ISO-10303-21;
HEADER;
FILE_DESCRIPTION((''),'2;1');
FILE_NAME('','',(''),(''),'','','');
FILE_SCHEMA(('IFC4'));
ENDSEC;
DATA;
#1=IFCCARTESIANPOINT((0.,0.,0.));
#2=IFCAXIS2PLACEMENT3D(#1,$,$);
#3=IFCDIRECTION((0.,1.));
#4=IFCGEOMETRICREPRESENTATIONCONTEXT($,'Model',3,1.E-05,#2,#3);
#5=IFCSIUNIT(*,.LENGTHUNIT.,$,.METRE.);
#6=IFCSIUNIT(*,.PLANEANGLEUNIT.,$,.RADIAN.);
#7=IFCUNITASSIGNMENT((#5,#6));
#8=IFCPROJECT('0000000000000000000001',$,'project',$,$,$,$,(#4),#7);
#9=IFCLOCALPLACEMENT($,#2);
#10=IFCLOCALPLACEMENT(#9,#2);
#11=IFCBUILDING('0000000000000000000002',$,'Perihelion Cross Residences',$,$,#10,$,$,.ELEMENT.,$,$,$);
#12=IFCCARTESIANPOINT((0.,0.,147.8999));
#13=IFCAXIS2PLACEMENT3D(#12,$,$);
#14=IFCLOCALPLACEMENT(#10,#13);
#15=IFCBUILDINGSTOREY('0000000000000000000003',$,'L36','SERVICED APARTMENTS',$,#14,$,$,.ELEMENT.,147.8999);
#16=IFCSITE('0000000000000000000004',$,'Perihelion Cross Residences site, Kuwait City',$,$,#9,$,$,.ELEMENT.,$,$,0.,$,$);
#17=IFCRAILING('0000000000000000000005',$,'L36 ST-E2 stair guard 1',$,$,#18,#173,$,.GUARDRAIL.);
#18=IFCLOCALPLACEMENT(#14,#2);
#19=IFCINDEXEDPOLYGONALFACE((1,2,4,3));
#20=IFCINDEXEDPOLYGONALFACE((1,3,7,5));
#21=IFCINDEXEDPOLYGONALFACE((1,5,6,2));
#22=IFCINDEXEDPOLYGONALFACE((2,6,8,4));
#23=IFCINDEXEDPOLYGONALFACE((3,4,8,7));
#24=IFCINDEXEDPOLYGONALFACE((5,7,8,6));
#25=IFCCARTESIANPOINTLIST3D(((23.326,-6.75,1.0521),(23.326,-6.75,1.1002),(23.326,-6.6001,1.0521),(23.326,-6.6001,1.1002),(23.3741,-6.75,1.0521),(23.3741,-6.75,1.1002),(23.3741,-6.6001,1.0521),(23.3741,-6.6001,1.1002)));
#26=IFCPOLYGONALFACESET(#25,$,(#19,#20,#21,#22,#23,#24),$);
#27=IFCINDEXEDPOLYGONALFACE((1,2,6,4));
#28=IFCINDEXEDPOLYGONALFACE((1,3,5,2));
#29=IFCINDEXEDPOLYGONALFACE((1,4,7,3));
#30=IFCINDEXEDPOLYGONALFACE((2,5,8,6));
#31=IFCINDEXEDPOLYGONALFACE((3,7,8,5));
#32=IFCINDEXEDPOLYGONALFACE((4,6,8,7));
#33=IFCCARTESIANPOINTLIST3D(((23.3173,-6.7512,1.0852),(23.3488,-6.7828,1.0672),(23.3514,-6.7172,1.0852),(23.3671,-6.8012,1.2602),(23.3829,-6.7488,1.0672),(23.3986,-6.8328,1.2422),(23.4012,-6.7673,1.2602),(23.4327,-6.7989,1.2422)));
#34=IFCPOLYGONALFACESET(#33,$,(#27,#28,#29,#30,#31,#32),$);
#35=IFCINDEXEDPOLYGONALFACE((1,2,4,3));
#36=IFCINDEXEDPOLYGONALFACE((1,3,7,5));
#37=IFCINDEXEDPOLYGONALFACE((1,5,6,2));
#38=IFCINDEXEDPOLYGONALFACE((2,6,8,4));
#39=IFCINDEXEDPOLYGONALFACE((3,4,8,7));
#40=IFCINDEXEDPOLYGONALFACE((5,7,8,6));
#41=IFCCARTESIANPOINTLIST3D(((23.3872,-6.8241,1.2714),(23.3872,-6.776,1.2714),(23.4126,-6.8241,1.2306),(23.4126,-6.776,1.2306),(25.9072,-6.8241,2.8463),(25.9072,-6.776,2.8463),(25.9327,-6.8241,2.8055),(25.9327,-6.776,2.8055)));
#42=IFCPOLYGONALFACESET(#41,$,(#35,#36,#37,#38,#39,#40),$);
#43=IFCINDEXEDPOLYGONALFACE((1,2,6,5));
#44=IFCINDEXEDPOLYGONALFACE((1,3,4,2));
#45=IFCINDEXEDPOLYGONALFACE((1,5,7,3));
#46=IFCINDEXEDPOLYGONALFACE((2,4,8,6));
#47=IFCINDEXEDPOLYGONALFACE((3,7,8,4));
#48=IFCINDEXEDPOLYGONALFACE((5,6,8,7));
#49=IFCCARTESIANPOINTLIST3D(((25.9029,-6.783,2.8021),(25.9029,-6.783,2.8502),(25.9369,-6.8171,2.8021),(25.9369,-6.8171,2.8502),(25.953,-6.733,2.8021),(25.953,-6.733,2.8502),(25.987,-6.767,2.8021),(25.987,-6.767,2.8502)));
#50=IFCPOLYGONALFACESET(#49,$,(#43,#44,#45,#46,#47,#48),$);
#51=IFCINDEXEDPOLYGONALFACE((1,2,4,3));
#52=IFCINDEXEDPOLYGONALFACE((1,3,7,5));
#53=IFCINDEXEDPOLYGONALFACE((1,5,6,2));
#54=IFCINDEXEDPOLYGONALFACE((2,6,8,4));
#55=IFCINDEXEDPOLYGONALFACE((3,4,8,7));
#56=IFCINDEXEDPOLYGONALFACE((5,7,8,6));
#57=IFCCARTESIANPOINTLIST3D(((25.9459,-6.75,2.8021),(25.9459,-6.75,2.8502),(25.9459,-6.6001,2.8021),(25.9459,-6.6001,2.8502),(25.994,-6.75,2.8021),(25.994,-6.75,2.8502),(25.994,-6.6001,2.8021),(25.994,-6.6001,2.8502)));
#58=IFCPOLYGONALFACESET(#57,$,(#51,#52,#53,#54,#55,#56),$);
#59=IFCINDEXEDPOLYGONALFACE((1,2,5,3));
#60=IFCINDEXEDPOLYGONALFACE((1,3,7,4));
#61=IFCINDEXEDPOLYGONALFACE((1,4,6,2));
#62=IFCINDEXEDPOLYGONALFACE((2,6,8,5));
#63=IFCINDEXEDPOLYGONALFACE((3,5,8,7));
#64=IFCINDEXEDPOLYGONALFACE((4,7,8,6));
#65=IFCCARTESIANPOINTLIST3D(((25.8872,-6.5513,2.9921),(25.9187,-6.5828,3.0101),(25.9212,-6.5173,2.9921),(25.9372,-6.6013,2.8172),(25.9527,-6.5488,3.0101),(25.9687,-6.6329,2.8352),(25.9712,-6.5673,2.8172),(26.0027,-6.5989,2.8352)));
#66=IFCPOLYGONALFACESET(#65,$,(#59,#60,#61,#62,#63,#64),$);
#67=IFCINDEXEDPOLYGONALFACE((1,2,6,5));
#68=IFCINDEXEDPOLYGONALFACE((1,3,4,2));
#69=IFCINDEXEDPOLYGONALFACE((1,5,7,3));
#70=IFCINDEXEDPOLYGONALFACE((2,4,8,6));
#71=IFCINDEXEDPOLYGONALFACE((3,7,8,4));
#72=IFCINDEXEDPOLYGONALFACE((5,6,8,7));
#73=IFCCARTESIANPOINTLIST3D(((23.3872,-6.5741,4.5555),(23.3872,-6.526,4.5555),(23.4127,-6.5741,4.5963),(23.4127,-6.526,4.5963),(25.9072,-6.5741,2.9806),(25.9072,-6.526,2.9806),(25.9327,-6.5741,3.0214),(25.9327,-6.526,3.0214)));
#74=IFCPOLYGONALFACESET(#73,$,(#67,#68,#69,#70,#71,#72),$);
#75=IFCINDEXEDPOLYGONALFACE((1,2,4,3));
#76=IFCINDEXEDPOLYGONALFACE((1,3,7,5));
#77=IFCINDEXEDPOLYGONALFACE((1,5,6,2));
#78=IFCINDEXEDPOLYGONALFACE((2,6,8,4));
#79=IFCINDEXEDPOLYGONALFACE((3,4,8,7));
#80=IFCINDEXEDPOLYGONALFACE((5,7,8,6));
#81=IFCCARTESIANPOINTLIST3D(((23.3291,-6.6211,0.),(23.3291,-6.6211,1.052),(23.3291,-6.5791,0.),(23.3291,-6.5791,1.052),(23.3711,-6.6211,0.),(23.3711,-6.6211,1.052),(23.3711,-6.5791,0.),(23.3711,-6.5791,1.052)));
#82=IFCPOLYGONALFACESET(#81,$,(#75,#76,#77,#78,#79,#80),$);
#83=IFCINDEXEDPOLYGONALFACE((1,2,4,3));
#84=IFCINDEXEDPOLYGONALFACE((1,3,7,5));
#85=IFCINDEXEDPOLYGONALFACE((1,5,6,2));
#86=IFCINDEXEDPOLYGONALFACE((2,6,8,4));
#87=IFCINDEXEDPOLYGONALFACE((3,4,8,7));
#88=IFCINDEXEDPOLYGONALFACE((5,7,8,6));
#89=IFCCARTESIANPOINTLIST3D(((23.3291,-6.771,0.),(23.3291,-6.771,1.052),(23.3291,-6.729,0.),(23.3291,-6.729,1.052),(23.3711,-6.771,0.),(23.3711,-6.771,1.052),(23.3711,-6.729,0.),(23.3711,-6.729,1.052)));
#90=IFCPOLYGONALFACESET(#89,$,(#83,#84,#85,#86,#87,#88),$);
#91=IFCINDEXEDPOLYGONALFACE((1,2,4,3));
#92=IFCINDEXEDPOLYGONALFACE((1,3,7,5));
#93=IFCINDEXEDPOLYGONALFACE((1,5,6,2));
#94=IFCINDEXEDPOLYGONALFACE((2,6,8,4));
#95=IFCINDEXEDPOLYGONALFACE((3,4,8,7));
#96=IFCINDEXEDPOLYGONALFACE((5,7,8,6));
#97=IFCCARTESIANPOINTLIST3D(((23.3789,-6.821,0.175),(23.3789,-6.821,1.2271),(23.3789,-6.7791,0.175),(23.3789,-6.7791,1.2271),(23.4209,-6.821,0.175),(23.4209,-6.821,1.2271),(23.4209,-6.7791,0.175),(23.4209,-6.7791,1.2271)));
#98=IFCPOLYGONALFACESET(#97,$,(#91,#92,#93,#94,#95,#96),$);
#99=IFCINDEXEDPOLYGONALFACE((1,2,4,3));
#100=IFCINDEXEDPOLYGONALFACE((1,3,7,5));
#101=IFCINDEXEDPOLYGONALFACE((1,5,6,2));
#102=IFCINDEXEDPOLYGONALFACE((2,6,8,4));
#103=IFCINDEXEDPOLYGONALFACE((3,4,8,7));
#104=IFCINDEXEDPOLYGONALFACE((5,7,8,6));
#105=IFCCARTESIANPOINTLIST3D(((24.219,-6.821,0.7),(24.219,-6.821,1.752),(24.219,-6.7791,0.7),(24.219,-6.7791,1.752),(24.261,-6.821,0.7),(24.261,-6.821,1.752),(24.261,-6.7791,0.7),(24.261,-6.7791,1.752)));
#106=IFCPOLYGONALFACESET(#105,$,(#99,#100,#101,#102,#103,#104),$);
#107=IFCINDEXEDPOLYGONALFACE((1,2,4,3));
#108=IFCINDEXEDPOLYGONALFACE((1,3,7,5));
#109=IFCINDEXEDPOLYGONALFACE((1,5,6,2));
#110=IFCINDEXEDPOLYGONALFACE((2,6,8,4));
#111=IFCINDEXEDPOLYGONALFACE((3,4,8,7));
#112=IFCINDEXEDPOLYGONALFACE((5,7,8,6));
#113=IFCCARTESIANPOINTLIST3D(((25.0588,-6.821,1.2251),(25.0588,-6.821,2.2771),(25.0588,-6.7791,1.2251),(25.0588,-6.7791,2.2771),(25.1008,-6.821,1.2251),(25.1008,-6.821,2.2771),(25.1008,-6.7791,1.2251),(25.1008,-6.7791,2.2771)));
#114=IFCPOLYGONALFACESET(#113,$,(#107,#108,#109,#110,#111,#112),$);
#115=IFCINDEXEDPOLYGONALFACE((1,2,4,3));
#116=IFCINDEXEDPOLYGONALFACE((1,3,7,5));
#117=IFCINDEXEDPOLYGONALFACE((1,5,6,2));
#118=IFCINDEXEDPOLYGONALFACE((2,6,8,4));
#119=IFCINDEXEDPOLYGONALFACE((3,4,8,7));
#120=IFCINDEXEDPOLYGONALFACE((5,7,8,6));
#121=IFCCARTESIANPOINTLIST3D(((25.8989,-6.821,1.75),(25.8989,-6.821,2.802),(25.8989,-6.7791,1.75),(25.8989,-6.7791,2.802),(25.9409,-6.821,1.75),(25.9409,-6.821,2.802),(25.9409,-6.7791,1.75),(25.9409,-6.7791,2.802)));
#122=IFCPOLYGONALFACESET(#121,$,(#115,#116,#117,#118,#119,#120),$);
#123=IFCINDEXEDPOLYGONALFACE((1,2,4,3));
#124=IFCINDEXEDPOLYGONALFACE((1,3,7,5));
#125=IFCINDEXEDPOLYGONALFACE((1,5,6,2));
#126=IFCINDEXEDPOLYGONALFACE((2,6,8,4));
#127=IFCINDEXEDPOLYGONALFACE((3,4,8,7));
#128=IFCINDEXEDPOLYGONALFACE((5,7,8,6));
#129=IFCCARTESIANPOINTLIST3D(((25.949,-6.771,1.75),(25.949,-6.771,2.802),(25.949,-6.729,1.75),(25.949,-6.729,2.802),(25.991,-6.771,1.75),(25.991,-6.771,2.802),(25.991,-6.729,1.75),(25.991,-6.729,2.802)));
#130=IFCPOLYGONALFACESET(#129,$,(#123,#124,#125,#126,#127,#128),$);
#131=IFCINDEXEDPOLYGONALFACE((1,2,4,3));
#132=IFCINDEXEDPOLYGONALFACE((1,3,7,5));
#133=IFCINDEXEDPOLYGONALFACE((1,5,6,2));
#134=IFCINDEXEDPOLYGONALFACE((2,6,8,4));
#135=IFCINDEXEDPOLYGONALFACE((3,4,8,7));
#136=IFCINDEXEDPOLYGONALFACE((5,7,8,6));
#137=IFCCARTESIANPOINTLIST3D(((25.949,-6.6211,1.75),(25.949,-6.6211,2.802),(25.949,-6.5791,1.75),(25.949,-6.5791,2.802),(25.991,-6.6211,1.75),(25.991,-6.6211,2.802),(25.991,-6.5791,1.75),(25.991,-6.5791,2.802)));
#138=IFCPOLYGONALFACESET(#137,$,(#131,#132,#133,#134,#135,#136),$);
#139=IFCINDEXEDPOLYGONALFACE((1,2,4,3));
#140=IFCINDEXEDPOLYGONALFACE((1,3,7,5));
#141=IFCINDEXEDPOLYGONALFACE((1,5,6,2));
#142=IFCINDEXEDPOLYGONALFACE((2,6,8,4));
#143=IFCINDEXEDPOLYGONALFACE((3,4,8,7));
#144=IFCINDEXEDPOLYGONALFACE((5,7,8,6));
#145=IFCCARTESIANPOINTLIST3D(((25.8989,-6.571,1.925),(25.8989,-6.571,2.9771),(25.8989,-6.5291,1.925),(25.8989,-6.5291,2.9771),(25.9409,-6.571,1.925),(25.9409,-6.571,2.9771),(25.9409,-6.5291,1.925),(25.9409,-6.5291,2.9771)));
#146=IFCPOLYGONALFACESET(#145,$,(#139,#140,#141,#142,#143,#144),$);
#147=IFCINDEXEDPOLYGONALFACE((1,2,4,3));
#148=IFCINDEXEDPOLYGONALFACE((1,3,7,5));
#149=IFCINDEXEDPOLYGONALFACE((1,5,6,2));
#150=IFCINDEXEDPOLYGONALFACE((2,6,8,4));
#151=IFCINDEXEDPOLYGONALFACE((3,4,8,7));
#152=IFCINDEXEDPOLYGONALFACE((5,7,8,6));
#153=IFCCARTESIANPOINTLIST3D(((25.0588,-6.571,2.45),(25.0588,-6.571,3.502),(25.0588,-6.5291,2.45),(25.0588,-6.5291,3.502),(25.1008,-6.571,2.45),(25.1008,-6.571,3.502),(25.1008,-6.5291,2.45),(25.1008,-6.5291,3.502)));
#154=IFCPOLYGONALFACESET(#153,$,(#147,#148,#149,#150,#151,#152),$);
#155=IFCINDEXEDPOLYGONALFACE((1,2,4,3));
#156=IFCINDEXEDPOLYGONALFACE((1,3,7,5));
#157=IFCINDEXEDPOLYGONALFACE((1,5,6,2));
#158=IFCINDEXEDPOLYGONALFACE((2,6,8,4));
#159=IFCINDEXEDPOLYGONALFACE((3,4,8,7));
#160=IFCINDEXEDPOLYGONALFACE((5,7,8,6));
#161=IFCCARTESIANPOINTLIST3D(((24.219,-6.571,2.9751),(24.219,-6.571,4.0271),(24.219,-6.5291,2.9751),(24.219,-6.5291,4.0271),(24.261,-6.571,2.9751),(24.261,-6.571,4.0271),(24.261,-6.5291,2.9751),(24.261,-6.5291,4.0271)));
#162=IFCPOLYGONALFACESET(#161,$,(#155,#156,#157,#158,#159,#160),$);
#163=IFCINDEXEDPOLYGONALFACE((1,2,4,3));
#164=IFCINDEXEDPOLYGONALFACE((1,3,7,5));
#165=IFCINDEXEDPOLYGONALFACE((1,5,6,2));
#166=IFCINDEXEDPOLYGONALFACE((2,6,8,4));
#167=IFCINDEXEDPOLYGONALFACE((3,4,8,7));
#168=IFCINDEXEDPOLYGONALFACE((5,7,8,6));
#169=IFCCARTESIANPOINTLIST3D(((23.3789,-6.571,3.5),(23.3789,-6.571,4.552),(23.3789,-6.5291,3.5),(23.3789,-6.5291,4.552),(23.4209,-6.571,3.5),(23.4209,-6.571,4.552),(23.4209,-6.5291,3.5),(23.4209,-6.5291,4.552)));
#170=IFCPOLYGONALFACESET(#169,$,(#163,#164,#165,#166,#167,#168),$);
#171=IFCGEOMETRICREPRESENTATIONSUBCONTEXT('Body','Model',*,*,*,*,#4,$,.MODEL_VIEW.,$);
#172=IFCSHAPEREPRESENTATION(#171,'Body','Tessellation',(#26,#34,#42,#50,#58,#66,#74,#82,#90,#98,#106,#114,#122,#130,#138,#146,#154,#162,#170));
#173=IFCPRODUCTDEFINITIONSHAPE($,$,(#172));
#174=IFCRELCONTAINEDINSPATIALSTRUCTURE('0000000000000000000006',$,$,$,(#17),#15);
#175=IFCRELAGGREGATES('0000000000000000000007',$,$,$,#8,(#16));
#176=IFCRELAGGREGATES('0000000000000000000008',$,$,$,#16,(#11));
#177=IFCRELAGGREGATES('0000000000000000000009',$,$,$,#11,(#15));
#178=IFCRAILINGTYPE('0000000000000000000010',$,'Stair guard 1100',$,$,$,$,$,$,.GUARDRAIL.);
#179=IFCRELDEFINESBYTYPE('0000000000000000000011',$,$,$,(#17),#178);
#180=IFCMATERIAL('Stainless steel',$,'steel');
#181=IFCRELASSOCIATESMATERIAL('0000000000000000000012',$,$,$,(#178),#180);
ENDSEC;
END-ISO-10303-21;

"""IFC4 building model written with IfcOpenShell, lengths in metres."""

from ifc_helpers import new_model, si_unit, direction, frame, origin, origin_2d, place, context, subcontext, project, spatial, rectangle, extrude, material, type_object, element, save


model = new_model("IFC4")

# Units and contexts
model_context = context("Model", 3, precision=1e-05, world=origin(), true_north=direction((0.0, 1.0)))
body_context = subcontext(model_context, "Body", "Model", "MODEL_VIEW")
ifc_project = project(units=[si_unit("LENGTHUNIT", "METRE"), si_unit("PLANEANGLEUNIT", "RADIAN")], contexts=[model_context])

# Site, building, storey
site_placement = place(None, origin())
site = spatial("IfcSite", under=ifc_project, at=site_placement, Name="Perihelion Cross Residences site, Kuwait City", CompositionType="ELEMENT", RefElevation=0.0)
building_placement = place(site_placement, origin())
building = spatial("IfcBuilding", under=site, at=building_placement, Name="Perihelion Cross Residences", CompositionType="ELEMENT")
storey_placement = place(building_placement, frame((0.0, 0.0, 147.8999)))
storey = spatial("IfcBuildingStorey", under=building, at=storey_placement, Name="L36", Description="SERVICED APARTMENTS", CompositionType="ELEMENT", Elevation=147.8999)

# Railing
ifc_material_1 = material(Name="Stainless steel", Category="steel")
railing_type_1 = type_object("IfcRailingType", Name="Stair guard 1100", PredefinedType="GUARDRAIL", material=ifc_material_1)
railing_1_placement = place(storey_placement, frame((23.3501, -6.6001, 0.0)))
element("IfcRailing", 1, at=railing_1_placement, inside=storey, type_object=railing_type_1, Name="L36 ST-E2 stair guard 1", PredefinedType="GUARDRAIL", context=body_context, shape_type="SweptSolid", body=[
    extrude(rectangle(XDim=0.0481, YDim=0.0481, at=origin_2d()), frame((0.0, 0.0, 1.0762), z_axis=(0.0, -1.0, 0.0), x_axis=(1.0, 0.0, 0.0)), (0.0, 0.0, 1.0), 0.1499),
    extrude(rectangle(XDim=0.0481, YDim=0.0481, at=origin_2d()), frame((0.0, -0.1499, 1.0762), z_axis=(0.263862, -0.265156, 0.927399), x_axis=(0.708834, 0.705376, 0.0)), (0.0, 0.0, 1.0), 0.1887),
    extrude(rectangle(XDim=0.0481, YDim=0.0481, at=origin_2d()), frame((0.0498, -0.2, 1.251), z_axis=(0.848008, 0.0, 0.529984), x_axis=(0.0, 1.0, 0.0)), (0.0, 0.0, 1.0), 2.9717),
    extrude(rectangle(XDim=0.0481, YDim=0.0481, at=origin_2d()), frame((2.5698, -0.2, 2.8262), z_axis=(0.707107, 0.707107, 0.0), x_axis=(-0.707107, 0.707107, 0.0)), (0.0, 0.0, 1.0), 0.0708),
    extrude(rectangle(XDim=0.0481, YDim=0.0481, at=origin_2d()), frame((2.6199, -0.1499, 2.8262), z_axis=(0.0, 1.0, 0.0), x_axis=(-1.0, 0.0, 0.0)), (0.0, 0.0, 1.0), 0.1499),
    extrude(rectangle(XDim=0.0481, YDim=0.0481, at=origin_2d()), frame((2.6199, 0.0, 2.8262), z_axis=(-0.265065, 0.265065, 0.927082), x_axis=(-0.707107, -0.707107, 0.0)), (0.0, 0.0, 1.0), 0.1887),
    extrude(rectangle(XDim=0.0481, YDim=0.0481, at=origin_2d()), frame((2.5698, 0.05, 3.001), z_axis=(-0.848008, 0.0, 0.529984), x_axis=(0.0, -1.0, 0.0)), (0.0, 0.0, 1.0), 2.9717),
    extrude(rectangle(XDim=0.042, YDim=0.042, at=origin_2d()), origin(), (0.0, 0.0, 1.0), 1.052),
    extrude(rectangle(XDim=0.042, YDim=0.042, at=origin_2d()), frame((0.0, -0.1499, 0.0)), (0.0, 0.0, 1.0), 1.052),
    extrude(rectangle(XDim=0.042, YDim=0.042, at=origin_2d()), frame((0.0498, -0.2, 0.175)), (0.0, 0.0, 1.0), 1.052),
    extrude(rectangle(XDim=0.042, YDim=0.042, at=origin_2d()), frame((0.8899, -0.2, 0.7)), (0.0, 0.0, 1.0), 1.052),
    extrude(rectangle(XDim=0.042, YDim=0.042, at=origin_2d()), frame((1.7297, -0.2, 1.2251)), (0.0, 0.0, 1.0), 1.052),
    extrude(rectangle(XDim=0.042, YDim=0.042, at=origin_2d()), frame((2.5698, -0.2, 1.75)), (0.0, 0.0, 1.0), 1.052),
    extrude(rectangle(XDim=0.042, YDim=0.042, at=origin_2d()), frame((2.6199, -0.1499, 1.75)), (0.0, 0.0, 1.0), 1.052),
    extrude(rectangle(XDim=0.042, YDim=0.042, at=origin_2d()), frame((2.6199, 0.0, 1.75)), (0.0, 0.0, 1.0), 1.052),
    extrude(rectangle(XDim=0.042, YDim=0.042, at=origin_2d()), frame((2.5698, 0.05, 1.925)), (0.0, 0.0, 1.0), 1.052),
    extrude(rectangle(XDim=0.042, YDim=0.042, at=origin_2d()), frame((1.7297, 0.05, 2.45)), (0.0, 0.0, 1.0), 1.052),
    extrude(rectangle(XDim=0.042, YDim=0.042, at=origin_2d()), frame((0.8899, 0.05, 2.9751)), (0.0, 0.0, 1.0), 1.052),
    extrude(rectangle(XDim=0.042, YDim=0.042, at=origin_2d()), frame((0.0498, 0.05, 3.5)), (0.0, 0.0, 1.0), 1.052),
])

save(model, "model.ifc")
